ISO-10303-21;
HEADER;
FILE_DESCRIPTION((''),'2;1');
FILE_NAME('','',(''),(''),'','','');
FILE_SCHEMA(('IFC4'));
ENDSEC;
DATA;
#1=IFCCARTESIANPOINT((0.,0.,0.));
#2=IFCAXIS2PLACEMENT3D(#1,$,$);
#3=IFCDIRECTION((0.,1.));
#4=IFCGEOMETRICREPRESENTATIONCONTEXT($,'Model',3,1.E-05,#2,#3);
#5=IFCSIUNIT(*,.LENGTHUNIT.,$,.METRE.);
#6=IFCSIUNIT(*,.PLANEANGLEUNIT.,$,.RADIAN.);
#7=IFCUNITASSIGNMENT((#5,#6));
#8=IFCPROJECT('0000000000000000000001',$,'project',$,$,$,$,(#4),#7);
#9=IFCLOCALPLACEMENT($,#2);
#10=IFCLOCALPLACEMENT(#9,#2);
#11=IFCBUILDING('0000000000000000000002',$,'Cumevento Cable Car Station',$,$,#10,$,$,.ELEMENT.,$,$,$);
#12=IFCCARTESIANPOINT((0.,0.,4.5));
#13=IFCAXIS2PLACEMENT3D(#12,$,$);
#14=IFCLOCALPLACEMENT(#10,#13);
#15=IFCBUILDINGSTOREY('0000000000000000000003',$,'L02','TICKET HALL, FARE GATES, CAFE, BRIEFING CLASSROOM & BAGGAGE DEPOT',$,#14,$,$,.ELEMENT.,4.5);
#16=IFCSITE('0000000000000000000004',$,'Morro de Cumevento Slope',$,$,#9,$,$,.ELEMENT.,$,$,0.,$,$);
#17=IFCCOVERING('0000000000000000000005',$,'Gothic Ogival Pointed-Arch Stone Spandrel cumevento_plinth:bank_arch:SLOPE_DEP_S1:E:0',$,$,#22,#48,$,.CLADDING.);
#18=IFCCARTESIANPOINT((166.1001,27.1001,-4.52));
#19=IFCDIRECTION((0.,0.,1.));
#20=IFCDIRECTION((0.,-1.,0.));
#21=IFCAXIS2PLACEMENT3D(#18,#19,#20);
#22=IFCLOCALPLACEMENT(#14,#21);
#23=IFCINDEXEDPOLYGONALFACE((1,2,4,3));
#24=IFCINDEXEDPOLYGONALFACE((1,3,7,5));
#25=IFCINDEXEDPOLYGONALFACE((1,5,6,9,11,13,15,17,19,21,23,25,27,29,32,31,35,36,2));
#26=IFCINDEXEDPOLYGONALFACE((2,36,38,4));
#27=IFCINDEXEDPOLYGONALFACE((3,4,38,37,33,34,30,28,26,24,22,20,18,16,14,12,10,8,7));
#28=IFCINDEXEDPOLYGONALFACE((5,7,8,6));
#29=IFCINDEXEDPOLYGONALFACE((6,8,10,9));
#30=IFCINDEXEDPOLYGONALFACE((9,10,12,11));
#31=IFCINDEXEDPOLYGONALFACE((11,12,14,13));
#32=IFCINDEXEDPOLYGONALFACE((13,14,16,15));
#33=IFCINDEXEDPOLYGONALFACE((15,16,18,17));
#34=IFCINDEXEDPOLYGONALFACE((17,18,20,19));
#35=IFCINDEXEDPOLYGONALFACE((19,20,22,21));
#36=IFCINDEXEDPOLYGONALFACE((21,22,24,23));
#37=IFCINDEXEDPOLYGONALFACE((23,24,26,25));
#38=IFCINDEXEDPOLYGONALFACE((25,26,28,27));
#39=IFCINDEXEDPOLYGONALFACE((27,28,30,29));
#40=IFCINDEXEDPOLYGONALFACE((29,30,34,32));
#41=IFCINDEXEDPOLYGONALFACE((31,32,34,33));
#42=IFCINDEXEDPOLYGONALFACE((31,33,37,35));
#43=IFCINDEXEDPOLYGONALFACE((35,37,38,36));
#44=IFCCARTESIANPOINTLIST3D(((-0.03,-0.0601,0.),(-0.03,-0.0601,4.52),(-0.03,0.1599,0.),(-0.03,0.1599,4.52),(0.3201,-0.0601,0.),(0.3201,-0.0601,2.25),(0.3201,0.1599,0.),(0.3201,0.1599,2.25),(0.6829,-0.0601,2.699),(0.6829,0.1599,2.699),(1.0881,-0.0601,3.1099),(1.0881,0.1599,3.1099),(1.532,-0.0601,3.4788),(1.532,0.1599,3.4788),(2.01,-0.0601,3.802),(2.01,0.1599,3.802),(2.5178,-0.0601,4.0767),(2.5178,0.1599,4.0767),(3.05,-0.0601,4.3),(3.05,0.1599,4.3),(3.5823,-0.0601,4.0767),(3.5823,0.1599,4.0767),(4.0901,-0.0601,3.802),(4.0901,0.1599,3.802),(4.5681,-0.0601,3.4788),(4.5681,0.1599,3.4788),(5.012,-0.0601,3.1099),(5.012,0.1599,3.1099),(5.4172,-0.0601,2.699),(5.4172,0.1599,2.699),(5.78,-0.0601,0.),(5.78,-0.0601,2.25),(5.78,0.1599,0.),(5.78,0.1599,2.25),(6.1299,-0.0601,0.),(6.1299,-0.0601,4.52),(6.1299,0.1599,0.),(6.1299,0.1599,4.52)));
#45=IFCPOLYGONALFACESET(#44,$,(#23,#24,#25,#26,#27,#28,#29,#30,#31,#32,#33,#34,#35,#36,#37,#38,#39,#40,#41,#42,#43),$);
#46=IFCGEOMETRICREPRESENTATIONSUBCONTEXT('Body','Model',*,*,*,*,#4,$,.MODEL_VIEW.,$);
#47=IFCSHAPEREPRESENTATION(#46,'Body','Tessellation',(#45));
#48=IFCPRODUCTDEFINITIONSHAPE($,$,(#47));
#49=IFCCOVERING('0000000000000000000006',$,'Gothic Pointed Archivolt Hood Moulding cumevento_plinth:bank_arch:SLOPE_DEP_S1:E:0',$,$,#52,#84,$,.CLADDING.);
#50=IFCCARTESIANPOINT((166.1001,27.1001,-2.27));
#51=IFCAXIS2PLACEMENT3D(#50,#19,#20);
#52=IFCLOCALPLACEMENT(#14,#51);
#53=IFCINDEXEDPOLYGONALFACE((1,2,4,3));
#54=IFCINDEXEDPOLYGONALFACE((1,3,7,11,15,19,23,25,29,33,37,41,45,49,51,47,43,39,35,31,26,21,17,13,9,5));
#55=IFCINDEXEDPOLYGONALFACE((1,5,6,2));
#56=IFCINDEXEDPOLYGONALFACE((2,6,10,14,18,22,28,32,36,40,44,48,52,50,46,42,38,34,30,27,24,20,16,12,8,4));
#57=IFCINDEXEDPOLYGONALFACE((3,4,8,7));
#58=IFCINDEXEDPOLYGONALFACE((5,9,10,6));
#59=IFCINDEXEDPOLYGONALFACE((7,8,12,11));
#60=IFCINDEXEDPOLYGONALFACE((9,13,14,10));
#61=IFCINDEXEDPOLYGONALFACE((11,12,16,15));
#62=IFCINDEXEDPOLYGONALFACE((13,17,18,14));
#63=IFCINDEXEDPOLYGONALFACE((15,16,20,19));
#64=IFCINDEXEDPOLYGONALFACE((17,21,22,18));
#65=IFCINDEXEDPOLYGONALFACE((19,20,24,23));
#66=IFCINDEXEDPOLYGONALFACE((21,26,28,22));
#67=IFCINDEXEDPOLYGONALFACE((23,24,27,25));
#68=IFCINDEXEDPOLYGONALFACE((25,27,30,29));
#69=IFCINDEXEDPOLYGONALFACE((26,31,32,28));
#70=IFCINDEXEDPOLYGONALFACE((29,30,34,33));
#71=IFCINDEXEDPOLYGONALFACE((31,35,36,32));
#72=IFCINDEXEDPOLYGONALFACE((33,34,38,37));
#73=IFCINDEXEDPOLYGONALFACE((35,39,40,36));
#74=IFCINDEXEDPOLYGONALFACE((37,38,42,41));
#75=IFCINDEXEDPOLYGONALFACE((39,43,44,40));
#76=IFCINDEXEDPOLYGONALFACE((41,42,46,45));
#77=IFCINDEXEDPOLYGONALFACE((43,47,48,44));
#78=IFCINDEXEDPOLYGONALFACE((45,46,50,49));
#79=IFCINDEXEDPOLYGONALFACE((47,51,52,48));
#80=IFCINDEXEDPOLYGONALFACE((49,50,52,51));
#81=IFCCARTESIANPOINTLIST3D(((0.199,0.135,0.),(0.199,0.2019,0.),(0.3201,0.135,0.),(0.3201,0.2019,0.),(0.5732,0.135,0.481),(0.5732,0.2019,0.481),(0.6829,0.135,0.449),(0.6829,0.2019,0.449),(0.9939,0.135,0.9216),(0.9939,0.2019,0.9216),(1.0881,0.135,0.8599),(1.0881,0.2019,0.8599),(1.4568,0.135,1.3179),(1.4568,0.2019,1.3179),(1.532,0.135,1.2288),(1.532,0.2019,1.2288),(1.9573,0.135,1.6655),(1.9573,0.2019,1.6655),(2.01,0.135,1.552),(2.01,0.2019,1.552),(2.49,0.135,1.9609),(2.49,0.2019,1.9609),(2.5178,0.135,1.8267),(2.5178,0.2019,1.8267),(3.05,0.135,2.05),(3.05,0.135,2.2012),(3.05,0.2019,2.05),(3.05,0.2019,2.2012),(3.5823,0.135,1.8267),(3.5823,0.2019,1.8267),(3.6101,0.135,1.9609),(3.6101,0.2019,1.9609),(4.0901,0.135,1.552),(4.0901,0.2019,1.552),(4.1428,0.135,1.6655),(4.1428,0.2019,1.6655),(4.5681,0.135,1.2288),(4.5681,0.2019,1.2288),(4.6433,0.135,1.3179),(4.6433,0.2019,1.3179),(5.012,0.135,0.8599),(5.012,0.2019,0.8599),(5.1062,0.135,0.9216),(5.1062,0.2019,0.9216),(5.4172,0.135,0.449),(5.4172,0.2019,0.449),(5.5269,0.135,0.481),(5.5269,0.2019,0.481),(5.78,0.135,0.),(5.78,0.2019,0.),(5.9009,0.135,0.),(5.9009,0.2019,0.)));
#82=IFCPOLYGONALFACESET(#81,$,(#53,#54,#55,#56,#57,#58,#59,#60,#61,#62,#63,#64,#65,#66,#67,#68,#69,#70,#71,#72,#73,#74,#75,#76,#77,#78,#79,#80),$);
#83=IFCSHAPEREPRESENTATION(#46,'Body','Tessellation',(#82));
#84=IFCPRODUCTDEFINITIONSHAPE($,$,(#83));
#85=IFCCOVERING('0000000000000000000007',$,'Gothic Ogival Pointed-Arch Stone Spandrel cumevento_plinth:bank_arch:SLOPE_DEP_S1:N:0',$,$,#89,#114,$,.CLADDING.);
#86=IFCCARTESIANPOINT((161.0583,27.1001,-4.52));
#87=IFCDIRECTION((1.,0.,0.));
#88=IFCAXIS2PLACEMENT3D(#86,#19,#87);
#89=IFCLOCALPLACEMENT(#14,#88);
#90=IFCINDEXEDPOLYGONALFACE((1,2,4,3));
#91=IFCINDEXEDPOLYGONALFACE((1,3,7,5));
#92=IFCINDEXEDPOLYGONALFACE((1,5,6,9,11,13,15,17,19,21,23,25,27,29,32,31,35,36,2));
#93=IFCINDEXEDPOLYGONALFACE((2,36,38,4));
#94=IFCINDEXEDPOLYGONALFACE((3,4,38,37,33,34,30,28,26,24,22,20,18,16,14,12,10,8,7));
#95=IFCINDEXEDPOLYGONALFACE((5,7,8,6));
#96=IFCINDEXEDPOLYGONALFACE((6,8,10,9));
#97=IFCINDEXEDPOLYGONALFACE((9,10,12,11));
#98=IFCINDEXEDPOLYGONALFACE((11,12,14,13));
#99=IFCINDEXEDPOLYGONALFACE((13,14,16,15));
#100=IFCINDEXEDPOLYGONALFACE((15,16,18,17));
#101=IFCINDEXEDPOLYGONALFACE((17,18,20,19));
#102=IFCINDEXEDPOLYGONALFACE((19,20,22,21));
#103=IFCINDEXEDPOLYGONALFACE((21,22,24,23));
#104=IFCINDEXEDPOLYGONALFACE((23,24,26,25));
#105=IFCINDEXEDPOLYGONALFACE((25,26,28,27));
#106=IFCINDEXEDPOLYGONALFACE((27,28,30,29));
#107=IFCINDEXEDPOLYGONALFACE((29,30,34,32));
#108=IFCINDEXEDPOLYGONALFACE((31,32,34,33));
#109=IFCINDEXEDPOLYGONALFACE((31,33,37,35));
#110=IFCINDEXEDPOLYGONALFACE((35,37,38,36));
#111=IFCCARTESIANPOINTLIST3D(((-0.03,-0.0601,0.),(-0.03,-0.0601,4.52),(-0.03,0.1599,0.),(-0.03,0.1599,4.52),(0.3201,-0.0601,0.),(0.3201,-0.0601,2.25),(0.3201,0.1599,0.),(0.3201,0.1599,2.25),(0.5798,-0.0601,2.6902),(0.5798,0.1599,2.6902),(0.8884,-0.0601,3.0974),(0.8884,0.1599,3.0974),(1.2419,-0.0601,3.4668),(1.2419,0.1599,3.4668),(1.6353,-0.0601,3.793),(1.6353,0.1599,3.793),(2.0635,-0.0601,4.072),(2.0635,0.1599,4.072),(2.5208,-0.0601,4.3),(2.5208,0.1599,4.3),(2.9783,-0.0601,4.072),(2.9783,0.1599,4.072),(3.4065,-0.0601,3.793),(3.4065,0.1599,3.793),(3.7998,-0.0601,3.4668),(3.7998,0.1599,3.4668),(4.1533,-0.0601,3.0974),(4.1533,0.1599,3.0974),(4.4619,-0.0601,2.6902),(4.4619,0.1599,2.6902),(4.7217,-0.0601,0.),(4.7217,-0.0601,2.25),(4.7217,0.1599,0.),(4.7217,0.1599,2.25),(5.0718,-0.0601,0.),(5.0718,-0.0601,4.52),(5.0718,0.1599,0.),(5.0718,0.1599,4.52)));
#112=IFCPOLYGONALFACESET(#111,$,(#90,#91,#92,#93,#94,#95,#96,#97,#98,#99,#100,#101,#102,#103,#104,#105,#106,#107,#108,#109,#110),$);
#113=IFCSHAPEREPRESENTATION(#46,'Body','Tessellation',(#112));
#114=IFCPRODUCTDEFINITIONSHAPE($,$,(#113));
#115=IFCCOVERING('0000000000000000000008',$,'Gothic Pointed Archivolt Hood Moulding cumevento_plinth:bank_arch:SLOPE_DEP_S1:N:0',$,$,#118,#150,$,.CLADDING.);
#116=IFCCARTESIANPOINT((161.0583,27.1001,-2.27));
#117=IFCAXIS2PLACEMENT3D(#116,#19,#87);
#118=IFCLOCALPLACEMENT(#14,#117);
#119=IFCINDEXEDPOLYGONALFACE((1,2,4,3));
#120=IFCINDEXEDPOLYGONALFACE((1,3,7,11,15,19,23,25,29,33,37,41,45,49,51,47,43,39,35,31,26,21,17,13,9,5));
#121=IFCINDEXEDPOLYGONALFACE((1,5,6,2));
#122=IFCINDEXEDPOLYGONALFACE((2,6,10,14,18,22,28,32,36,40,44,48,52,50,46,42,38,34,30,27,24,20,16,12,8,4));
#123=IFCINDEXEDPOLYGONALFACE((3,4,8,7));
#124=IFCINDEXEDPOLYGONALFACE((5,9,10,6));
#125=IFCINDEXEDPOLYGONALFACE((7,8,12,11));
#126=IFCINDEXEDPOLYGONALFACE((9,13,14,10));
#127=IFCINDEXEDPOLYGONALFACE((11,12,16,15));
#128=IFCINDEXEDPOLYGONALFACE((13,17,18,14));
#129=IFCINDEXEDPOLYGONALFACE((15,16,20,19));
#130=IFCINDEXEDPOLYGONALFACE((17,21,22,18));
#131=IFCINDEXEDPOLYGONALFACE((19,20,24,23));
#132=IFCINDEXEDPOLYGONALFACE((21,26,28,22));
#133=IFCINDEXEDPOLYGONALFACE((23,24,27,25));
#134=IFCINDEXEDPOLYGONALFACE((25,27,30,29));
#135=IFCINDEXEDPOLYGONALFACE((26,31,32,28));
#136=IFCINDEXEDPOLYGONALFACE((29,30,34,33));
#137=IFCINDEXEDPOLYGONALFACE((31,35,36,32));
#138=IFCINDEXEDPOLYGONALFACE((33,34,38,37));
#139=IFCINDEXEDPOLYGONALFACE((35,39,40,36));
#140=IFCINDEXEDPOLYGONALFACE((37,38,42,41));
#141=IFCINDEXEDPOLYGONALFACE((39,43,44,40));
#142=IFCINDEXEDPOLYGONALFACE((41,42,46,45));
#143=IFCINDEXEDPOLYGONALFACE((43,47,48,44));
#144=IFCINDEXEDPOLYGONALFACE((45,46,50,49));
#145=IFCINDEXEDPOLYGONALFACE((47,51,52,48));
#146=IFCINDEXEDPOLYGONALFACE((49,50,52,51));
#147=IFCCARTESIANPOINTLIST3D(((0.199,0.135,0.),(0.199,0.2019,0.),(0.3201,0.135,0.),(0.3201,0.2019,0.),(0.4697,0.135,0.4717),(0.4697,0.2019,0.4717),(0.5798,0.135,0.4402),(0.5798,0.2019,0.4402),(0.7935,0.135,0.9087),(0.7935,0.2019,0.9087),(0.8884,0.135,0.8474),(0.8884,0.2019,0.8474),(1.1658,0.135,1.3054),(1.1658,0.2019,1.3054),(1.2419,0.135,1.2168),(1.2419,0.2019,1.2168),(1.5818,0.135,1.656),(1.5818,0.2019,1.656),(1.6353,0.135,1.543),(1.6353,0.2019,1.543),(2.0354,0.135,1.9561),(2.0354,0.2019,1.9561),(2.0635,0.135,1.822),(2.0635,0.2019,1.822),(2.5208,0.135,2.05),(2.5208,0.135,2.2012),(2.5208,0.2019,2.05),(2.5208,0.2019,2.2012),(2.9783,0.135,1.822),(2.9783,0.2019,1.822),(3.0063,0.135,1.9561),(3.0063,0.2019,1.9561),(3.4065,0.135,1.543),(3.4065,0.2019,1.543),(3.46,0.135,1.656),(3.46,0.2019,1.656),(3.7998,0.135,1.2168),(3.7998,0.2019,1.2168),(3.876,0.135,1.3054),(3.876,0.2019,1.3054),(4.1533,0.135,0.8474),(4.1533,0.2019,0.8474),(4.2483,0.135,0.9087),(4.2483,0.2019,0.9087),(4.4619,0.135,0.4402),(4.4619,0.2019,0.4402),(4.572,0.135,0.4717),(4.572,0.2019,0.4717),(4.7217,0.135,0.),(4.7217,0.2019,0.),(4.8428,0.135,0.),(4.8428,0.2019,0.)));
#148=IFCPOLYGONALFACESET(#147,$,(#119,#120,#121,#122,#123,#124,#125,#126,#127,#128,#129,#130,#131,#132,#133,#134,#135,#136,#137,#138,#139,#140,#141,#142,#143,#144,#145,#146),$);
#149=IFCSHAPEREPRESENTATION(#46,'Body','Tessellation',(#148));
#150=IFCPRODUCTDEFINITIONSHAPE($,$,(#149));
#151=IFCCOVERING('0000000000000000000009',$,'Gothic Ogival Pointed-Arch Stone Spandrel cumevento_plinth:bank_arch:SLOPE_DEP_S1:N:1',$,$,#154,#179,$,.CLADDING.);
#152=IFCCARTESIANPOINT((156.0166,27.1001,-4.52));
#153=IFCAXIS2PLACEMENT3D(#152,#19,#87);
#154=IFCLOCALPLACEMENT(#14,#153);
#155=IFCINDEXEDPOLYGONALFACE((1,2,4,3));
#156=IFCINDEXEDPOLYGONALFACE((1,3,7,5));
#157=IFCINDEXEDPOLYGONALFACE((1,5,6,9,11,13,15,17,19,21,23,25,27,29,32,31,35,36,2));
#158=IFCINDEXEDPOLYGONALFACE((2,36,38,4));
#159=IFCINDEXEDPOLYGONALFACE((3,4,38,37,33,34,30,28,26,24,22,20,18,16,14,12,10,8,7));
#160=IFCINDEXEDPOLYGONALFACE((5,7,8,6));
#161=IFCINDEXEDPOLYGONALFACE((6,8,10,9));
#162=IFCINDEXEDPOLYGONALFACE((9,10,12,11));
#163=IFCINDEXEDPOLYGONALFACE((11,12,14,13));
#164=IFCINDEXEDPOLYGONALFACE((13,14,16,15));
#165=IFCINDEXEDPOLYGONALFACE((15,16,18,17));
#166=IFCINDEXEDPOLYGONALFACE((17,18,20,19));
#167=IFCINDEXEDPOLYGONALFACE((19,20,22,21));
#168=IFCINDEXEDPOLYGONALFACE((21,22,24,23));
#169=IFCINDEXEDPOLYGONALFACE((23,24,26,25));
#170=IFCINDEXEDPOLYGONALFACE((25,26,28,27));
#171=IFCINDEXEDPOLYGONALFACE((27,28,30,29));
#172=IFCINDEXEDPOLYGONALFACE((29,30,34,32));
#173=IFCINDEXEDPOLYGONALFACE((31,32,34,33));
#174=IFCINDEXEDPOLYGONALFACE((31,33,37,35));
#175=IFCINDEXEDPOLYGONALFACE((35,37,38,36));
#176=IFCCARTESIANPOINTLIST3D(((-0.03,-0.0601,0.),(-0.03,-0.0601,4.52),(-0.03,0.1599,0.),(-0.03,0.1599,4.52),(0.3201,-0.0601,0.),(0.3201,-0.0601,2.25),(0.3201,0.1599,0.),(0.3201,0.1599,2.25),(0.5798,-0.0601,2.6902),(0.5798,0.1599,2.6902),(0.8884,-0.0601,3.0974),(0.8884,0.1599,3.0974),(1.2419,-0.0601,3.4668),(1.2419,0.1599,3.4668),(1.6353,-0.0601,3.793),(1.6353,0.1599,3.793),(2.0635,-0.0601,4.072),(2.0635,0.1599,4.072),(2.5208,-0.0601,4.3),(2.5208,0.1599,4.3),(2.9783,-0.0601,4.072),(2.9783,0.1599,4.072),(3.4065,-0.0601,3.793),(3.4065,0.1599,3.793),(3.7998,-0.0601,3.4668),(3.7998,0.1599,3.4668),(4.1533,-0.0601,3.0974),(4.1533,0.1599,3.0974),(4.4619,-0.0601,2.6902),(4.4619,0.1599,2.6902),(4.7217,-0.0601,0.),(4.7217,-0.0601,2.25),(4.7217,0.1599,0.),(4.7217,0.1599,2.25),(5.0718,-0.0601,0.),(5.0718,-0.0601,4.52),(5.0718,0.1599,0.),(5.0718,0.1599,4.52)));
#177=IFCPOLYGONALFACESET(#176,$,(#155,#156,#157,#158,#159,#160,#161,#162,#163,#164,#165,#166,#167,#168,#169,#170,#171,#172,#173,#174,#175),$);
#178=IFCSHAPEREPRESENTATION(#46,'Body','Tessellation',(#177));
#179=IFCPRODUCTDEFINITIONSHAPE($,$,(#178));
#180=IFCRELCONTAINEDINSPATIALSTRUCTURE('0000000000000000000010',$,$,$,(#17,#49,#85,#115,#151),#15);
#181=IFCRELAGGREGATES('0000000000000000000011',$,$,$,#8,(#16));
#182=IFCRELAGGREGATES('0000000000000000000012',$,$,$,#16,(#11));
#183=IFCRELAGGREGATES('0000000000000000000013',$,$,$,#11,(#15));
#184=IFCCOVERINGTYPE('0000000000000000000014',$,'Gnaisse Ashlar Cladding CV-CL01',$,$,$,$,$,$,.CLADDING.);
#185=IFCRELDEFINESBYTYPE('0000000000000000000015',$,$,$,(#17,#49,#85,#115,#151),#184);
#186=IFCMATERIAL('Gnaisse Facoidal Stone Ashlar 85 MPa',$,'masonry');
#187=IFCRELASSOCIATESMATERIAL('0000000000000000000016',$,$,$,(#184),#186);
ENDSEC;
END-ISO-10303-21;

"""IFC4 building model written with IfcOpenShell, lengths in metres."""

from ifc_helpers import new_model, si_unit, direction, frame, origin, place, context, subcontext, project, spatial, polyline, outline, extrude, material, type_object, element, save


model = new_model("IFC4")

# Units and contexts
model_context = context("Model", 3, precision=1e-05, world=origin(), true_north=direction((0.0, 1.0)))
body_context = subcontext(model_context, "Body", "Model", "MODEL_VIEW")
ifc_project = project(units=[si_unit("LENGTHUNIT", "METRE"), si_unit("PLANEANGLEUNIT", "RADIAN")], contexts=[model_context])

# Site, building, storey
site_placement = place(None, origin())
site = spatial("IfcSite", under=ifc_project, at=site_placement, Name="Morro de Cumevento Slope", CompositionType="ELEMENT", RefElevation=0.0)
building_placement = place(site_placement, origin())
building = spatial("IfcBuilding", under=site, at=building_placement, Name="Cumevento Cable Car Station", CompositionType="ELEMENT")
storey_placement = place(building_placement, frame((0.0, 0.0, 4.5)))
storey = spatial("IfcBuildingStorey", under=building, at=storey_placement, Name="L02", Description="TICKET HALL, FARE GATES, CAFE, BRIEFING CLASSROOM & BAGGAGE DEPOT", CompositionType="ELEMENT", Elevation=4.5)

# Coverings
ifc_material_1 = material(Name="Gnaisse Facoidal Stone Ashlar 85 MPa", Category="masonry")
covering_type = type_object("IfcCoveringType", Name="Gnaisse Ashlar Cladding CV-CL01", PredefinedType="CLADDING", material=ifc_material_1)
covering_1_placement = place(storey_placement, frame((166.1001, 27.1001, -4.52), z_axis=(0.0, 0.0, 1.0), x_axis=(0.0, -1.0, 0.0)))
element("IfcCovering", 1, at=covering_1_placement, inside=storey, type_object=covering_type, Name="Gothic Ogival Pointed-Arch Stone Spandrel cumevento_plinth:bank_arch:SLOPE_DEP_S1:E:0", PredefinedType="CLADDING", context=body_context, shape_type="SweptSolid", body=[
    extrude(outline(polyline([(-0.03, 0.0), (-0.03, 4.52), (6.1299, 4.52), (6.1299, 0.0), (5.78, 0.0), (5.78, 2.25), (5.4172, 2.699), (5.012, 3.1099), (4.5681, 3.4788), (4.0901, 3.802), (3.5823, 4.0767), (3.05, 4.3), (2.5178, 4.0767), (2.01, 3.802), (1.532, 3.4788), (1.0881, 3.1099), (0.6829, 2.699), (0.3201, 2.25), (0.3201, 0.0), (-0.03, 0.0)])), frame((0.0, 0.1599, 0.0), z_axis=(0.0, -1.0, 0.0), x_axis=(1.0, 0.0, 0.0)), (0.0, 0.0, 1.0), 0.22),
])
covering_2_placement = place(storey_placement, frame((166.1001, 27.1001, -2.27), z_axis=(0.0, 0.0, 1.0), x_axis=(0.0, -1.0, 0.0)))
element("IfcCovering", 2, at=covering_2_placement, inside=storey, type_object=covering_type, Name="Gothic Pointed Archivolt Hood Moulding cumevento_plinth:bank_arch:SLOPE_DEP_S1:E:0", PredefinedType="CLADDING", context=body_context, shape_type="SweptSolid", body=[
    extrude(outline(polyline([(0.3201, 0.0), (0.6829, 0.449), (1.0881, 0.8599), (1.532, 1.2288), (2.01, 1.552), (2.5178, 1.8267), (3.05, 2.05), (3.5823, 1.8267), (4.0901, 1.552), (4.5681, 1.2288), (5.012, 0.8599), (5.4172, 0.449), (5.78, 0.0), (5.9009, 0.0), (5.5269, 0.481), (5.1062, 0.9216), (4.6433, 1.3179), (4.1428, 1.6655), (3.6101, 1.9609), (3.05, 2.2012), (2.49, 1.9609), (1.9573, 1.6655), (1.4568, 1.3179), (0.9939, 0.9216), (0.5732, 0.481), (0.199, 0.0), (0.3201, 0.0)])), frame((0.0, 0.2019, 0.0), z_axis=(0.0, -1.0, 0.0), x_axis=(1.0, 0.0, 0.0)), (0.0, 0.0, 1.0), 0.0669),
])
covering_3_placement = place(storey_placement, frame((161.0583, 27.1001, -4.52), z_axis=(0.0, 0.0, 1.0), x_axis=(1.0, 0.0, 0.0)))
element("IfcCovering", 3, at=covering_3_placement, inside=storey, type_object=covering_type, Name="Gothic Ogival Pointed-Arch Stone Spandrel cumevento_plinth:bank_arch:SLOPE_DEP_S1:N:0", PredefinedType="CLADDING", context=body_context, shape_type="SweptSolid", body=[
    extrude(outline(polyline([(-0.03, 0.0), (-0.03, 4.52), (5.0718, 4.52), (5.0718, 0.0), (4.7217, 0.0), (4.7217, 2.25), (4.4619, 2.6902), (4.1533, 3.0974), (3.7998, 3.4668), (3.4065, 3.793), (2.9783, 4.072), (2.5208, 4.3), (2.0635, 4.072), (1.6353, 3.793), (1.2419, 3.4668), (0.8884, 3.0974), (0.5798, 2.6902), (0.3201, 2.25), (0.3201, 0.0), (-0.03, 0.0)])), frame((0.0, 0.1599, 0.0), z_axis=(0.0, -1.0, 0.0), x_axis=(1.0, 0.0, 0.0)), (0.0, 0.0, 1.0), 0.22),
])
covering_4_placement = place(storey_placement, frame((161.0583, 27.1001, -2.27), z_axis=(0.0, 0.0, 1.0), x_axis=(1.0, 0.0, 0.0)))
element("IfcCovering", 4, at=covering_4_placement, inside=storey, type_object=covering_type, Name="Gothic Pointed Archivolt Hood Moulding cumevento_plinth:bank_arch:SLOPE_DEP_S1:N:0", PredefinedType="CLADDING", context=body_context, shape_type="SweptSolid", body=[
    extrude(outline(polyline([(0.3201, 0.0), (0.5798, 0.4402), (0.8884, 0.8474), (1.2419, 1.2168), (1.6353, 1.543), (2.0635, 1.822), (2.5208, 2.05), (2.9783, 1.822), (3.4065, 1.543), (3.7998, 1.2168), (4.1533, 0.8474), (4.4619, 0.4402), (4.7217, 0.0), (4.8428, 0.0), (4.572, 0.4717), (4.2483, 0.9087), (3.876, 1.3054), (3.46, 1.656), (3.0063, 1.9561), (2.5208, 2.2012), (2.0354, 1.9561), (1.5818, 1.656), (1.1658, 1.3054), (0.7935, 0.9087), (0.4697, 0.4717), (0.199, 0.0), (0.3201, 0.0)])), frame((0.0, 0.2019, 0.0), z_axis=(0.0, -1.0, 0.0), x_axis=(1.0, 0.0, 0.0)), (0.0, 0.0, 1.0), 0.0669),
])
covering_5_placement = place(storey_placement, frame((156.0166, 27.1001, -4.52), z_axis=(0.0, 0.0, 1.0), x_axis=(1.0, 0.0, 0.0)))
element("IfcCovering", 5, at=covering_5_placement, inside=storey, type_object=covering_type, Name="Gothic Ogival Pointed-Arch Stone Spandrel cumevento_plinth:bank_arch:SLOPE_DEP_S1:N:1", PredefinedType="CLADDING", context=body_context, shape_type="SweptSolid", body=[
    extrude(outline(polyline([(-0.03, 0.0), (-0.03, 4.52), (5.0718, 4.52), (5.0718, 0.0), (4.7217, 0.0), (4.7217, 2.25), (4.4619, 2.6902), (4.1533, 3.0974), (3.7998, 3.4668), (3.4065, 3.793), (2.9783, 4.072), (2.5208, 4.3), (2.0635, 4.072), (1.6353, 3.793), (1.2419, 3.4668), (0.8884, 3.0974), (0.5798, 2.6902), (0.3201, 2.25), (0.3201, 0.0), (-0.03, 0.0)])), frame((0.0, 0.1599, 0.0), z_axis=(0.0, -1.0, 0.0), x_axis=(1.0, 0.0, 0.0)), (0.0, 0.0, 1.0), 0.22),
])

save(model, "model.ifc")
